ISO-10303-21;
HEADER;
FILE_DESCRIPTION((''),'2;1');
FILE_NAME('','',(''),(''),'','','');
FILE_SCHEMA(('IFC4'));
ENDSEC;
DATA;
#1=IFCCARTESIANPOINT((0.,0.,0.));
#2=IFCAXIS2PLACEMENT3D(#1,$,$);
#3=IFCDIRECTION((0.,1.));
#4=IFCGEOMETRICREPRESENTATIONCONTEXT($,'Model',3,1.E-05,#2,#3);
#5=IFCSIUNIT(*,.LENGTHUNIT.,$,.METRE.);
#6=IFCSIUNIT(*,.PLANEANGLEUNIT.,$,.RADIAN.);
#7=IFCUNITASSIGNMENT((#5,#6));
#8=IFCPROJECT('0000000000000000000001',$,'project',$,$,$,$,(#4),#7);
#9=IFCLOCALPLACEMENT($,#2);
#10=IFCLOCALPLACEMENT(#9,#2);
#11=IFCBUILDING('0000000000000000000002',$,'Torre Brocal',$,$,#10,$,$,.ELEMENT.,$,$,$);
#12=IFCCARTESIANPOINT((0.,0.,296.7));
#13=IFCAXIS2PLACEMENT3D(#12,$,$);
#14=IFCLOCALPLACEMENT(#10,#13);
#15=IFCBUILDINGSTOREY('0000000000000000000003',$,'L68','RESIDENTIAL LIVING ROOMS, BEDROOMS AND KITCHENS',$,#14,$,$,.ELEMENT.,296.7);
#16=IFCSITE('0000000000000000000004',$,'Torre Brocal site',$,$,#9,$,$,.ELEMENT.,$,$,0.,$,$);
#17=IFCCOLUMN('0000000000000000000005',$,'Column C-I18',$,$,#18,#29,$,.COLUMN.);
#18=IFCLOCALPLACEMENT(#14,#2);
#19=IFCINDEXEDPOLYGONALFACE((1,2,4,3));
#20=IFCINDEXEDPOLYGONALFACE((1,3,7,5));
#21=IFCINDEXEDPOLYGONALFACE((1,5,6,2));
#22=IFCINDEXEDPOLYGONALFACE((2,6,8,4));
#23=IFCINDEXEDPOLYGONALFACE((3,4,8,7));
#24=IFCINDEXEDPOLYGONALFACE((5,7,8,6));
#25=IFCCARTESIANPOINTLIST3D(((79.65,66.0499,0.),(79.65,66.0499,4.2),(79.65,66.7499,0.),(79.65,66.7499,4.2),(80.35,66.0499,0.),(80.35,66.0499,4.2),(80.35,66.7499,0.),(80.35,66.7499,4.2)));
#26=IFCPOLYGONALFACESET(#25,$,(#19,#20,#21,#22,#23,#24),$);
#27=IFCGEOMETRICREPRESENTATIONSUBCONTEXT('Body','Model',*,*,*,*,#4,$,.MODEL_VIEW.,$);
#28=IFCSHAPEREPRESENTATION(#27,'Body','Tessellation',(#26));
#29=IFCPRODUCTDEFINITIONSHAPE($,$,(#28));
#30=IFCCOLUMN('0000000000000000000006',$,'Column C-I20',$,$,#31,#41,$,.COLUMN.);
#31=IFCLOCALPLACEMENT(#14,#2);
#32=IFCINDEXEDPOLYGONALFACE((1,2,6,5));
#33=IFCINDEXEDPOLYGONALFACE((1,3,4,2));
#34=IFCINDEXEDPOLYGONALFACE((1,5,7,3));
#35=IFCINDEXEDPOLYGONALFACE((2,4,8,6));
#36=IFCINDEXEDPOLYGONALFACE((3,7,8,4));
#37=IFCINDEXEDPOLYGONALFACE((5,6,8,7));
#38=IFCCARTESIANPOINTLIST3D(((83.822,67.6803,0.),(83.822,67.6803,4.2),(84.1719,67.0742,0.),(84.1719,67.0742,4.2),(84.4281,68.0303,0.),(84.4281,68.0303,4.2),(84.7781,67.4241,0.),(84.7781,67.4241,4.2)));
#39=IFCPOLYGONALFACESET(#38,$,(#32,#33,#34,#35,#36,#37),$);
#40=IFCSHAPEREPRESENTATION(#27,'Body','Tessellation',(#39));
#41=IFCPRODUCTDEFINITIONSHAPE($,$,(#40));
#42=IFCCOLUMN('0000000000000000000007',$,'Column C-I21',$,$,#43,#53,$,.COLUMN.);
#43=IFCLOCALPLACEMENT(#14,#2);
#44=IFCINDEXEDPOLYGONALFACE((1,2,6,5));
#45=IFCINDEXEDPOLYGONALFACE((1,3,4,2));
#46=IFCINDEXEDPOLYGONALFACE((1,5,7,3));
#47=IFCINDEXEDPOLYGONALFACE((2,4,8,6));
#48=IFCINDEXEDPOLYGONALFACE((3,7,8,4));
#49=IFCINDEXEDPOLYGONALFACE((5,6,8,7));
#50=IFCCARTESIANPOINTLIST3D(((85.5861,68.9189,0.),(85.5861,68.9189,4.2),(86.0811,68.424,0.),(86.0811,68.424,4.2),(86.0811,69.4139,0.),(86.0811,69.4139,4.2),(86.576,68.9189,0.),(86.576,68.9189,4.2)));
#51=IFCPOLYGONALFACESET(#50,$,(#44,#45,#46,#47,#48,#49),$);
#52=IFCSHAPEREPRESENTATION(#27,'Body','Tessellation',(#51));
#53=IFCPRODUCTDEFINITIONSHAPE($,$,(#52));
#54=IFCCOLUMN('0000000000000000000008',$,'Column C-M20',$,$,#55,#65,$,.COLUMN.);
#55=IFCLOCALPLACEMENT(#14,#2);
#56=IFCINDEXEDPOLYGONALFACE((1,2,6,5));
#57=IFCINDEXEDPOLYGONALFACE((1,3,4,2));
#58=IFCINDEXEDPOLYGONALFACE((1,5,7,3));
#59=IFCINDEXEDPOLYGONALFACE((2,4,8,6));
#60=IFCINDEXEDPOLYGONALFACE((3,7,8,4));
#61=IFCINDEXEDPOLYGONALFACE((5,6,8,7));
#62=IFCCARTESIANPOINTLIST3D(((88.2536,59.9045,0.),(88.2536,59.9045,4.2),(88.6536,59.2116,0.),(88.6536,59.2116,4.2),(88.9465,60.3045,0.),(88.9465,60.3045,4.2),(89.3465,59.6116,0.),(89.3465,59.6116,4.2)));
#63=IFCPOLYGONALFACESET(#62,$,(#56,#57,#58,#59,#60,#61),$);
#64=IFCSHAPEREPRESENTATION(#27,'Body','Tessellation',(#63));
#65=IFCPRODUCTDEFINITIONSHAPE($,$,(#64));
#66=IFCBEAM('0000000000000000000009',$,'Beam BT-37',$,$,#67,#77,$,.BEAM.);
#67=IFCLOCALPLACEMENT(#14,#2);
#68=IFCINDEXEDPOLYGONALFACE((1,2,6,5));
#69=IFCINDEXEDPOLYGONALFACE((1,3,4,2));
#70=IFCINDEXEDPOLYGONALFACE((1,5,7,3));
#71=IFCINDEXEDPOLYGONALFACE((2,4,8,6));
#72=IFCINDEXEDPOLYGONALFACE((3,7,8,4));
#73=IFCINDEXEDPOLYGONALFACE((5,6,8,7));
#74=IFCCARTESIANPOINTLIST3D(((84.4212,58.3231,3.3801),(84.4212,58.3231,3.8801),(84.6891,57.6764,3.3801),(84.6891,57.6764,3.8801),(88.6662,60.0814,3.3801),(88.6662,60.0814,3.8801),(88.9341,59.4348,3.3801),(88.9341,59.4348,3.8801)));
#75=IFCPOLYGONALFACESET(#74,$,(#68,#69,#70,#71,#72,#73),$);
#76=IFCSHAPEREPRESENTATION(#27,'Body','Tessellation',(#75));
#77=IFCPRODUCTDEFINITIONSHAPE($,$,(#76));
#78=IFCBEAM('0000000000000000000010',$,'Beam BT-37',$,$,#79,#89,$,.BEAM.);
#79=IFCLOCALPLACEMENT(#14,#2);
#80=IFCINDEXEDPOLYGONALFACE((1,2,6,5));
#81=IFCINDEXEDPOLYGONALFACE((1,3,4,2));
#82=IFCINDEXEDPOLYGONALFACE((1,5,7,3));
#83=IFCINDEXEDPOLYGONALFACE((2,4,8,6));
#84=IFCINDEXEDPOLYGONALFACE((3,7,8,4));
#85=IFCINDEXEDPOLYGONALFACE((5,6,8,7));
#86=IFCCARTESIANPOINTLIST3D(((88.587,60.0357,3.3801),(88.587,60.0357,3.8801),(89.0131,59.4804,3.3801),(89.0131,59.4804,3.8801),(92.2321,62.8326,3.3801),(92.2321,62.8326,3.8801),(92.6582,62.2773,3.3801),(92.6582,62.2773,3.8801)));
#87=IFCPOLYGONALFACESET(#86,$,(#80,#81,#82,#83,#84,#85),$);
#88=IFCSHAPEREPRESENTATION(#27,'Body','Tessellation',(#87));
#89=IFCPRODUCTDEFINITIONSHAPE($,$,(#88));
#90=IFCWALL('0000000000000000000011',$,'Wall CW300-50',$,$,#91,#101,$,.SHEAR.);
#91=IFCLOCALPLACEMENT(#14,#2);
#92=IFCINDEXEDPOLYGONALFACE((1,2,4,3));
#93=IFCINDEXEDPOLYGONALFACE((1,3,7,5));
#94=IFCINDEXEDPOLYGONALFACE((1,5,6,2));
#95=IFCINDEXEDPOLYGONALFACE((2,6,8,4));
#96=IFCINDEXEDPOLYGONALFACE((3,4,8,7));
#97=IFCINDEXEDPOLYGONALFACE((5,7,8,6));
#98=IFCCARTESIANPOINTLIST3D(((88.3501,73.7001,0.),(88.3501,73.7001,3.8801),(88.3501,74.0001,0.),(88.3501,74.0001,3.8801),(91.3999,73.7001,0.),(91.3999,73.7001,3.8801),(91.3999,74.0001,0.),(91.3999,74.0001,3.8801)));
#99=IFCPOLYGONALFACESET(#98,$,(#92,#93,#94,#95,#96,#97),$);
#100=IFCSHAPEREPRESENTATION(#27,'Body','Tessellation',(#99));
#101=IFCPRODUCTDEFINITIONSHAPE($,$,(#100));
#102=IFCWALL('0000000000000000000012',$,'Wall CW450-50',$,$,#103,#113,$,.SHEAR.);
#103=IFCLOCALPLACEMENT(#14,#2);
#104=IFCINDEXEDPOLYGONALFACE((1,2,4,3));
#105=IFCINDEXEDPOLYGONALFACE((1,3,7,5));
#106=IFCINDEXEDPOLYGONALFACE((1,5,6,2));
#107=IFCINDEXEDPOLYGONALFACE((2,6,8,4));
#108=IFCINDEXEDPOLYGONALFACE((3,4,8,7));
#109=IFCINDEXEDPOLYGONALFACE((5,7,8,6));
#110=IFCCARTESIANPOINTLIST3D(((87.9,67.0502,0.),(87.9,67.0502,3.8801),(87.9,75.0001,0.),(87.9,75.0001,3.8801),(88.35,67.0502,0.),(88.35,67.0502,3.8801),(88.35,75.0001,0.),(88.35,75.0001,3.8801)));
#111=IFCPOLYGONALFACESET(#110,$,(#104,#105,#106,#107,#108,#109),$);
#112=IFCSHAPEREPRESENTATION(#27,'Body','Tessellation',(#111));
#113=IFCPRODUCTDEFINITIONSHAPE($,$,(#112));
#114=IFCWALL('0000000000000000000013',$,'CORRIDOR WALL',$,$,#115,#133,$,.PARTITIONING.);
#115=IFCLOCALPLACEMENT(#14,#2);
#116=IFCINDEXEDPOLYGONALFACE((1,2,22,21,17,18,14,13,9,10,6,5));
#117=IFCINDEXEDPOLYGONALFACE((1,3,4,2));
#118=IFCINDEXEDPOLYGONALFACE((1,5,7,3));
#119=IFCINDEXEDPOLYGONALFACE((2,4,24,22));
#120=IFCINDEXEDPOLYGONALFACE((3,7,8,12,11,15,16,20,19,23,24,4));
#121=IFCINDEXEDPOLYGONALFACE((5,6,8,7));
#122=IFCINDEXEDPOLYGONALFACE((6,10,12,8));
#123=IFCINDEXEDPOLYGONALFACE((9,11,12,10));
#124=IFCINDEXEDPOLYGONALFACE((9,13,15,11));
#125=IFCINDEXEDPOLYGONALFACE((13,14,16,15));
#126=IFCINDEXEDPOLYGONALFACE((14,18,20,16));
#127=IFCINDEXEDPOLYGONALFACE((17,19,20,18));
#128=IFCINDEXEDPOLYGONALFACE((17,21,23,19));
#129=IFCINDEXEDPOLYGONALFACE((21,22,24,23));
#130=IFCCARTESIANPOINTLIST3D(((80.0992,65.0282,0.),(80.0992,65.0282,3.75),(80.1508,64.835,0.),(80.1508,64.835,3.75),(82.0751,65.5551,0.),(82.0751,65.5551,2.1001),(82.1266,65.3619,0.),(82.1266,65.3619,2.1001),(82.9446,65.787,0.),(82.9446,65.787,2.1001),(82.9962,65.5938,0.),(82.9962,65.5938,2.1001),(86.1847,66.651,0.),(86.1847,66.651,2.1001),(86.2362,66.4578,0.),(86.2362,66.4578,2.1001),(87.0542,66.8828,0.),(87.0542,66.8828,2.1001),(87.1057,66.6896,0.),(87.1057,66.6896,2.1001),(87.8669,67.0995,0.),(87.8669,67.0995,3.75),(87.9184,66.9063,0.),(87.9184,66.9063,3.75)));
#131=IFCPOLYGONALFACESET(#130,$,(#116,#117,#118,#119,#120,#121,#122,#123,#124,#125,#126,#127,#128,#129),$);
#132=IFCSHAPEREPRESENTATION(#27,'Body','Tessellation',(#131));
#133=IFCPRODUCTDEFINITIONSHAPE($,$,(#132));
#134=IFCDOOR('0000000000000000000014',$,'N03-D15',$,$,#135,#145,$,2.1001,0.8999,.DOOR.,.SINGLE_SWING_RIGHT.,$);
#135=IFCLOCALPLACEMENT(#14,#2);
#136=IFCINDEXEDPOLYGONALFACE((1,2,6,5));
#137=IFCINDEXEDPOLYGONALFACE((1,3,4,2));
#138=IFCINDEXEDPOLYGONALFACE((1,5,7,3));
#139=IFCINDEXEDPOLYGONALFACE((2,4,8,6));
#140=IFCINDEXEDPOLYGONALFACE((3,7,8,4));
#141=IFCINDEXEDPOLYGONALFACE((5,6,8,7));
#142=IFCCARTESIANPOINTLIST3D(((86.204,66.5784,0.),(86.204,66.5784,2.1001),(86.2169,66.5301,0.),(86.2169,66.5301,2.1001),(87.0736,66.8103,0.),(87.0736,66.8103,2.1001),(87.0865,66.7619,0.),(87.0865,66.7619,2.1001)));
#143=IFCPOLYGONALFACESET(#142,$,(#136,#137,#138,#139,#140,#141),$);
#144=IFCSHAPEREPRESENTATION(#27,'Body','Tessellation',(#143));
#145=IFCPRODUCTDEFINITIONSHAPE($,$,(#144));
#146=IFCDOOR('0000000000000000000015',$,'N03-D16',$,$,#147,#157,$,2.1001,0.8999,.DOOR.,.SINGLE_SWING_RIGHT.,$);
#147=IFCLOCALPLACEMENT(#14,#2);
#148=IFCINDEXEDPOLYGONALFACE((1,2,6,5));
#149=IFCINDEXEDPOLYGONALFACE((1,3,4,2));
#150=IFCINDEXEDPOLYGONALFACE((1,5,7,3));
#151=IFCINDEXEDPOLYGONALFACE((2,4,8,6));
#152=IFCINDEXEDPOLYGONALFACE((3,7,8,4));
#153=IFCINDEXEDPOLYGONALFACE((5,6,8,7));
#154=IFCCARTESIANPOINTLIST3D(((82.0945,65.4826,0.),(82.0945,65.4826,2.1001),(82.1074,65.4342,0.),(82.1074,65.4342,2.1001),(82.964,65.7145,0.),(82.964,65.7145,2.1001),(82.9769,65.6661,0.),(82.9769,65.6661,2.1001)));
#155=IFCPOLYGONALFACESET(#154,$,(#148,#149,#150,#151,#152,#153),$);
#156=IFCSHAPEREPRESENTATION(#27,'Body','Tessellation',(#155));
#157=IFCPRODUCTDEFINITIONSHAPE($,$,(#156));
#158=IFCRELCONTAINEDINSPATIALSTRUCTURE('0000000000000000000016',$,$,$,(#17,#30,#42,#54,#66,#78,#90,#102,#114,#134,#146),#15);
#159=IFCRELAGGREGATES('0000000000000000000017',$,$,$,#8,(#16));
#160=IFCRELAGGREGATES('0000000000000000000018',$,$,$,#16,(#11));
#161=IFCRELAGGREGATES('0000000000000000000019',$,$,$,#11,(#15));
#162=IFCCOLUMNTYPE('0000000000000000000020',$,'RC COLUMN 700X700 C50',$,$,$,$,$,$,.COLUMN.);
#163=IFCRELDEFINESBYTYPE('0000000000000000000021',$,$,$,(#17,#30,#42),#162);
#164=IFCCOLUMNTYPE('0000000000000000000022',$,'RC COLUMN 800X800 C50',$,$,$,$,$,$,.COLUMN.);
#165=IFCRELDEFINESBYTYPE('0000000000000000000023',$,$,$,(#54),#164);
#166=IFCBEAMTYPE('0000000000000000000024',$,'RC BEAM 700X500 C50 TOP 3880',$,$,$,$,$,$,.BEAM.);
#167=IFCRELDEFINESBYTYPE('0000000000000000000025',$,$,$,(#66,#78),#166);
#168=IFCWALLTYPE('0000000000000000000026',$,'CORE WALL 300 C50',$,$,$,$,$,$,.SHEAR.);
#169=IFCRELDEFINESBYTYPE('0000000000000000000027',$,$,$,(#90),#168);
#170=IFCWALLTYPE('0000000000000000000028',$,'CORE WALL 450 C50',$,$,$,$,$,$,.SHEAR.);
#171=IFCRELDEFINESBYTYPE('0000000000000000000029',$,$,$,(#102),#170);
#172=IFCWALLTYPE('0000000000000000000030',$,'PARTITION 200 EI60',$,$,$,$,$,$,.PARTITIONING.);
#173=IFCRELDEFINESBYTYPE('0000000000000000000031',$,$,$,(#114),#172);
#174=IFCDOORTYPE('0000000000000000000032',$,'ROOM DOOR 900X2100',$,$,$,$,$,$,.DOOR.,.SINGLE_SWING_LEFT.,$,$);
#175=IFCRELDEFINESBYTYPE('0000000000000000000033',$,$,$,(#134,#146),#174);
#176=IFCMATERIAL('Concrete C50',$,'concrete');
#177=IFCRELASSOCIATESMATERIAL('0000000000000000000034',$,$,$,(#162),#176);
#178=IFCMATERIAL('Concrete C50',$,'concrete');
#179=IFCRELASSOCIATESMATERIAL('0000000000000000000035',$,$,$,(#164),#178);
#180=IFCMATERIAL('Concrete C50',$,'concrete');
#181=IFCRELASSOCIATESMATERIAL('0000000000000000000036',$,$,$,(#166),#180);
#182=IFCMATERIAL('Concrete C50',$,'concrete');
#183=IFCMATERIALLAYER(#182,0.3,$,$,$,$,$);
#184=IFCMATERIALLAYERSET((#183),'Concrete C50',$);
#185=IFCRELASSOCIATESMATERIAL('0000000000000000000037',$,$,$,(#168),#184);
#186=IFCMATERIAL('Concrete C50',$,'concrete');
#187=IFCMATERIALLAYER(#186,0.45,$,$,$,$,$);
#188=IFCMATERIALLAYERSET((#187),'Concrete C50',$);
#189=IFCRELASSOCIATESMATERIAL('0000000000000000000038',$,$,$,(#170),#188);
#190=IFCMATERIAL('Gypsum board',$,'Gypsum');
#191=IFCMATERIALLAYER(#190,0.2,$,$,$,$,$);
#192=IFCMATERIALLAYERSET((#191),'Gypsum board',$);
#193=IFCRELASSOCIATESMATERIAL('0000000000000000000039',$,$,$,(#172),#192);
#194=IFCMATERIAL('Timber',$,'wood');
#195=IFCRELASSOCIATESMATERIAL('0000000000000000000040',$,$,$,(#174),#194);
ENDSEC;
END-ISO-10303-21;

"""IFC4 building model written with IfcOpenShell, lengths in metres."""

from ifc_helpers import new_model, si_unit, direction, frame, frame_2d, origin, origin_2d, place, context, subcontext, project, spatial, rectangle, extrude, material, layer, layer_set, material_profile, profile_set, type_object, element, fill, save


model = new_model("IFC4")

# Units and contexts
model_context = context("Model", 3, precision=1e-05, world=origin(), true_north=direction((0.0, 1.0)))
body_context = subcontext(model_context, "Body", "Model", "MODEL_VIEW")
ifc_project = project(units=[si_unit("LENGTHUNIT", "METRE"), si_unit("PLANEANGLEUNIT", "RADIAN")], contexts=[model_context])

# Site, building, storey
site_placement = place(None, origin())
site = spatial("IfcSite", under=ifc_project, at=site_placement, Name="Torre Brocal site", CompositionType="ELEMENT", RefElevation=0.0)
building_placement = place(site_placement, origin())
building = spatial("IfcBuilding", under=site, at=building_placement, Name="Torre Brocal", CompositionType="ELEMENT")
storey_placement = place(building_placement, frame((0.0, 0.0, 296.7)))
storey = spatial("IfcBuildingStorey", under=building, at=storey_placement, Name="L68", Description="RESIDENTIAL LIVING ROOMS, BEDROOMS AND KITCHENS", CompositionType="ELEMENT", Elevation=296.7)

# Columns
ifc_material_1 = material(Name="Concrete C50", Category="concrete")
ifc_material_profile_1 = material_profile(ifc_material_1, rectangle(XDim=0.7, YDim=0.7, at=origin_2d()), Name="RC 700X700")
ifc_profile_set_1 = profile_set([ifc_material_profile_1], Name="Concrete C50")
column_type_1 = type_object("IfcColumnType", Name="RC COLUMN 700X700 C50", PredefinedType="COLUMN", material=ifc_profile_set_1)
for number, where, z_axis, x_axis, name in (
    (1, (80.0, 66.3999, 0.0), (0.0, 0.0, 1.0), (0.0, -1.0, 0.0), "Column C-I18"),
    (2, (84.3, 67.5522, 0.0), (0.0, 0.0, 1.0), (0.5, -0.866025, 0.0), "Column C-I20"),
    (3, (86.0811, 68.9189, 0.0), (0.0, 0.0, 1.0), (0.707107, -0.707107, 0.0), "Column C-I21"),
):
    element("IfcColumn", number, at=place(storey_placement, frame(where, z_axis=z_axis, x_axis=x_axis)), inside=storey, type_object=column_type_1, Name=name, PredefinedType="COLUMN", context=body_context, shape_type="SweptSolid", body=[
        extrude(rectangle(XDim=0.7, YDim=0.7, at=origin_2d()), origin(), (0.0, 0.0, 1.0), 4.2),
    ])
ifc_material_2 = material(Name="Concrete C50", Category="concrete")
ifc_material_profile_2 = material_profile(ifc_material_2, rectangle(XDim=0.8, YDim=0.8, at=origin_2d()), Name="RC 800X800")
ifc_profile_set_2 = profile_set([ifc_material_profile_2], Name="Concrete C50")
column_type_2 = type_object("IfcColumnType", Name="RC COLUMN 800X800 C50", PredefinedType="COLUMN", material=ifc_profile_set_2)
column_placement = place(storey_placement, frame((88.8, 59.7581, 0.0), z_axis=(0.0, 0.0, 1.0), x_axis=(0.5, -0.866025, 0.0)))
element("IfcColumn", 4, at=column_placement, inside=storey, type_object=column_type_2, Name="Column C-M20", PredefinedType="COLUMN", context=body_context, shape_type="SweptSolid", body=[
    extrude(rectangle(XDim=0.8, YDim=0.8, at=origin_2d()), origin(), (0.0, 0.0, 1.0), 4.2),
])

# Beams
ifc_material_3 = material(Name="Concrete C50", Category="concrete")
ifc_material_profile_3 = material_profile(ifc_material_3, rectangle(XDim=0.7, YDim=0.5, at=origin_2d()), Name="RC 700X500")
ifc_profile_set_3 = profile_set([ifc_material_profile_3], Name="Concrete C50")
beam_type = type_object("IfcBeamType", Name="RC BEAM 700X500 C50 TOP 3880", PredefinedType="BEAM", material=ifc_profile_set_3)
beam_1_placement = place(storey_placement, frame((84.5552, 57.9998, 3.6301), z_axis=(0.923878, 0.382687, 0.0), x_axis=(-0.382687, 0.923878, 0.0)))
element("IfcBeam", 5, at=beam_1_placement, inside=storey, type_object=beam_type, Name="Beam BT-37", PredefinedType="BEAM", context=body_context, shape_type="SweptSolid", body=[
    extrude(rectangle(XDim=0.7, YDim=0.5, at=origin_2d()), origin(), (0.0, 0.0, 1.0), 4.5947),
])
beam_2_placement = place(storey_placement, frame((88.8, 59.7581, 3.6301), z_axis=(0.793358, 0.608755, 0.0), x_axis=(-0.608755, 0.793358, 0.0)))
element("IfcBeam", 6, at=beam_2_placement, inside=storey, type_object=beam_type, Name="Beam BT-37", PredefinedType="BEAM", context=body_context, shape_type="SweptSolid", body=[
    extrude(rectangle(XDim=0.7, YDim=0.5, at=origin_2d()), origin(), (0.0, 0.0, 1.0), 4.5945),
])

# Wall
ifc_material_4 = material(Name="Concrete C50", Category="concrete")
ifc_layer_1 = layer(ifc_material_4, 0.3)
ifc_layer_set_1 = layer_set([ifc_layer_1], Name="Concrete C50")
wall_type_1 = type_object("IfcWallType", Name="CORE WALL 300 C50", PredefinedType="SHEAR", material=ifc_layer_set_1)
wall_1_placement = place(storey_placement, frame((88.3501, 73.8501, 0.0), z_axis=(0.0, 0.0, 1.0), x_axis=(1.0, 0.0, 0.0)))
element("IfcWall", 7, at=wall_1_placement, inside=storey, type_object=wall_type_1, Name="Wall CW300-50", PredefinedType="SHEAR", context=body_context, shape_type="SweptSolid", body=[
    extrude(rectangle(XDim=3.0498, YDim=0.3, at=frame_2d((1.5249, 0.0))), origin(), (0.0, 0.0, 1.0), 3.8801),
])

# Shared definitions
ifc_material_5 = material(Name="Concrete C50", Category="concrete")
ifc_layer_2 = layer(ifc_material_5, 0.45)
ifc_layer_set_2 = layer_set([ifc_layer_2], Name="Concrete C50")
wall_type_2 = type_object("IfcWallType", Name="CORE WALL 450 C50", PredefinedType="SHEAR", material=ifc_layer_set_2)

# Wall
wall_2_placement = place(storey_placement, frame((88.125, 67.05, 0.0), z_axis=(0.0, 0.0, 1.0), x_axis=(0.0, 1.0, 0.0)))
element("IfcWall", 8, at=wall_2_placement, inside=storey, type_object=wall_type_2, Name="Wall CW450-50", PredefinedType="SHEAR", context=body_context, shape_type="SweptSolid", body=[
    extrude(rectangle(XDim=7.95, YDim=0.45, at=frame_2d((3.9751, 0.0))), origin(), (0.0, 0.0, 1.0), 3.8801),
])

# Wall, openings, doors
ifc_material_6 = material(Name="Gypsum board", Category="Gypsum")
ifc_layer_3 = layer(ifc_material_6, 0.2)
ifc_layer_set_3 = layer_set([ifc_layer_3], Name="Gypsum board")
wall_type_3 = type_object("IfcWallType", Name="PARTITION 200 EI60", PredefinedType="PARTITIONING", material=ifc_layer_set_3)
wall_3_placement = place(storey_placement, frame((80.125, 64.9316, 0.0), z_axis=(0.0, 0.0, 1.0), x_axis=(0.966237, 0.257655, 0.0)))
wall_3 = element("IfcWall", 9, at=wall_3_placement, inside=storey, type_object=wall_type_3, Name="CORRIDOR WALL", PredefinedType="PARTITIONING", context=body_context, shape_type="SweptSolid", body=[
    extrude(rectangle(XDim=8.0391, YDim=0.2, at=frame_2d((4.0195, 0.0))), origin(), (0.0, 0.0, 1.0), 3.75),
])
opening_1_placement = place(wall_3_placement, frame((6.2981, 0.0, 0.0)))
opening_1 = element("IfcOpeningElement", 10, at=opening_1_placement, cuts=wall_3, PredefinedType="OPENING", context=body_context, shape_type="SweptSolid", body=[
    extrude(rectangle(XDim=0.8999, YDim=2.1001, at=frame_2d((0.45, 1.05))), frame((0.0, 0.1099, 0.0), z_axis=(0.0, -1.0, 0.0), x_axis=(1.0, 0.0, 0.0)), (0.0, 0.0, 1.0), 0.22),
])
opening_2_placement = place(wall_3_placement, frame((2.0449, 0.0, 0.0)))
opening_2 = element("IfcOpeningElement", 11, at=opening_2_placement, cuts=wall_3, PredefinedType="OPENING", context=body_context, shape_type="SweptSolid", body=[
    extrude(rectangle(XDim=0.8999, YDim=2.1001, at=frame_2d((0.45, 1.05))), frame((0.0, 0.1099, 0.0), z_axis=(0.0, -1.0, 0.0), x_axis=(1.0, 0.0, 0.0)), (0.0, 0.0, 1.0), 0.22),
])
ifc_material_7 = material(Name="Timber", Category="wood")
door_type_1 = type_object("IfcDoorType", Name="ROOM DOOR 900X2100", OperationType="SINGLE_SWING_LEFT", PredefinedType="DOOR", material=ifc_material_7)
door_1_placement = place(opening_1_placement, origin())
door_1 = element("IfcDoor", 12, at=door_1_placement, inside=storey, type_object=door_type_1, Name="N03-D15", OperationType="SINGLE_SWING_RIGHT", OverallHeight=2.1001, OverallWidth=0.8999, PredefinedType="DOOR", context=body_context, shape_type="SweptSolid", body=[
    extrude(rectangle(XDim=0.8999, YDim=2.1001, at=frame_2d((0.45, 1.05))), frame((0.0, 0.0249, 0.0), z_axis=(0.0, -1.0, 0.0), x_axis=(1.0, 0.0, 0.0)), (0.0, 0.0, 1.0), 0.05),
])
fill(opening_1, door_1)
door_2_placement = place(opening_2_placement, origin())
door_2 = element("IfcDoor", 13, at=door_2_placement, inside=storey, type_object=door_type_1, Name="N03-D16", OperationType="SINGLE_SWING_RIGHT", OverallHeight=2.1001, OverallWidth=0.8999, PredefinedType="DOOR", context=body_context, shape_type="SweptSolid", body=[
    extrude(rectangle(XDim=0.8999, YDim=2.1001, at=frame_2d((0.45, 1.05))), frame((0.0, 0.0249, 0.0), z_axis=(0.0, -1.0, 0.0), x_axis=(1.0, 0.0, 0.0)), (0.0, 0.0, 1.0), 0.05),
])
fill(opening_2, door_2)

save(model, "model.ifc")
